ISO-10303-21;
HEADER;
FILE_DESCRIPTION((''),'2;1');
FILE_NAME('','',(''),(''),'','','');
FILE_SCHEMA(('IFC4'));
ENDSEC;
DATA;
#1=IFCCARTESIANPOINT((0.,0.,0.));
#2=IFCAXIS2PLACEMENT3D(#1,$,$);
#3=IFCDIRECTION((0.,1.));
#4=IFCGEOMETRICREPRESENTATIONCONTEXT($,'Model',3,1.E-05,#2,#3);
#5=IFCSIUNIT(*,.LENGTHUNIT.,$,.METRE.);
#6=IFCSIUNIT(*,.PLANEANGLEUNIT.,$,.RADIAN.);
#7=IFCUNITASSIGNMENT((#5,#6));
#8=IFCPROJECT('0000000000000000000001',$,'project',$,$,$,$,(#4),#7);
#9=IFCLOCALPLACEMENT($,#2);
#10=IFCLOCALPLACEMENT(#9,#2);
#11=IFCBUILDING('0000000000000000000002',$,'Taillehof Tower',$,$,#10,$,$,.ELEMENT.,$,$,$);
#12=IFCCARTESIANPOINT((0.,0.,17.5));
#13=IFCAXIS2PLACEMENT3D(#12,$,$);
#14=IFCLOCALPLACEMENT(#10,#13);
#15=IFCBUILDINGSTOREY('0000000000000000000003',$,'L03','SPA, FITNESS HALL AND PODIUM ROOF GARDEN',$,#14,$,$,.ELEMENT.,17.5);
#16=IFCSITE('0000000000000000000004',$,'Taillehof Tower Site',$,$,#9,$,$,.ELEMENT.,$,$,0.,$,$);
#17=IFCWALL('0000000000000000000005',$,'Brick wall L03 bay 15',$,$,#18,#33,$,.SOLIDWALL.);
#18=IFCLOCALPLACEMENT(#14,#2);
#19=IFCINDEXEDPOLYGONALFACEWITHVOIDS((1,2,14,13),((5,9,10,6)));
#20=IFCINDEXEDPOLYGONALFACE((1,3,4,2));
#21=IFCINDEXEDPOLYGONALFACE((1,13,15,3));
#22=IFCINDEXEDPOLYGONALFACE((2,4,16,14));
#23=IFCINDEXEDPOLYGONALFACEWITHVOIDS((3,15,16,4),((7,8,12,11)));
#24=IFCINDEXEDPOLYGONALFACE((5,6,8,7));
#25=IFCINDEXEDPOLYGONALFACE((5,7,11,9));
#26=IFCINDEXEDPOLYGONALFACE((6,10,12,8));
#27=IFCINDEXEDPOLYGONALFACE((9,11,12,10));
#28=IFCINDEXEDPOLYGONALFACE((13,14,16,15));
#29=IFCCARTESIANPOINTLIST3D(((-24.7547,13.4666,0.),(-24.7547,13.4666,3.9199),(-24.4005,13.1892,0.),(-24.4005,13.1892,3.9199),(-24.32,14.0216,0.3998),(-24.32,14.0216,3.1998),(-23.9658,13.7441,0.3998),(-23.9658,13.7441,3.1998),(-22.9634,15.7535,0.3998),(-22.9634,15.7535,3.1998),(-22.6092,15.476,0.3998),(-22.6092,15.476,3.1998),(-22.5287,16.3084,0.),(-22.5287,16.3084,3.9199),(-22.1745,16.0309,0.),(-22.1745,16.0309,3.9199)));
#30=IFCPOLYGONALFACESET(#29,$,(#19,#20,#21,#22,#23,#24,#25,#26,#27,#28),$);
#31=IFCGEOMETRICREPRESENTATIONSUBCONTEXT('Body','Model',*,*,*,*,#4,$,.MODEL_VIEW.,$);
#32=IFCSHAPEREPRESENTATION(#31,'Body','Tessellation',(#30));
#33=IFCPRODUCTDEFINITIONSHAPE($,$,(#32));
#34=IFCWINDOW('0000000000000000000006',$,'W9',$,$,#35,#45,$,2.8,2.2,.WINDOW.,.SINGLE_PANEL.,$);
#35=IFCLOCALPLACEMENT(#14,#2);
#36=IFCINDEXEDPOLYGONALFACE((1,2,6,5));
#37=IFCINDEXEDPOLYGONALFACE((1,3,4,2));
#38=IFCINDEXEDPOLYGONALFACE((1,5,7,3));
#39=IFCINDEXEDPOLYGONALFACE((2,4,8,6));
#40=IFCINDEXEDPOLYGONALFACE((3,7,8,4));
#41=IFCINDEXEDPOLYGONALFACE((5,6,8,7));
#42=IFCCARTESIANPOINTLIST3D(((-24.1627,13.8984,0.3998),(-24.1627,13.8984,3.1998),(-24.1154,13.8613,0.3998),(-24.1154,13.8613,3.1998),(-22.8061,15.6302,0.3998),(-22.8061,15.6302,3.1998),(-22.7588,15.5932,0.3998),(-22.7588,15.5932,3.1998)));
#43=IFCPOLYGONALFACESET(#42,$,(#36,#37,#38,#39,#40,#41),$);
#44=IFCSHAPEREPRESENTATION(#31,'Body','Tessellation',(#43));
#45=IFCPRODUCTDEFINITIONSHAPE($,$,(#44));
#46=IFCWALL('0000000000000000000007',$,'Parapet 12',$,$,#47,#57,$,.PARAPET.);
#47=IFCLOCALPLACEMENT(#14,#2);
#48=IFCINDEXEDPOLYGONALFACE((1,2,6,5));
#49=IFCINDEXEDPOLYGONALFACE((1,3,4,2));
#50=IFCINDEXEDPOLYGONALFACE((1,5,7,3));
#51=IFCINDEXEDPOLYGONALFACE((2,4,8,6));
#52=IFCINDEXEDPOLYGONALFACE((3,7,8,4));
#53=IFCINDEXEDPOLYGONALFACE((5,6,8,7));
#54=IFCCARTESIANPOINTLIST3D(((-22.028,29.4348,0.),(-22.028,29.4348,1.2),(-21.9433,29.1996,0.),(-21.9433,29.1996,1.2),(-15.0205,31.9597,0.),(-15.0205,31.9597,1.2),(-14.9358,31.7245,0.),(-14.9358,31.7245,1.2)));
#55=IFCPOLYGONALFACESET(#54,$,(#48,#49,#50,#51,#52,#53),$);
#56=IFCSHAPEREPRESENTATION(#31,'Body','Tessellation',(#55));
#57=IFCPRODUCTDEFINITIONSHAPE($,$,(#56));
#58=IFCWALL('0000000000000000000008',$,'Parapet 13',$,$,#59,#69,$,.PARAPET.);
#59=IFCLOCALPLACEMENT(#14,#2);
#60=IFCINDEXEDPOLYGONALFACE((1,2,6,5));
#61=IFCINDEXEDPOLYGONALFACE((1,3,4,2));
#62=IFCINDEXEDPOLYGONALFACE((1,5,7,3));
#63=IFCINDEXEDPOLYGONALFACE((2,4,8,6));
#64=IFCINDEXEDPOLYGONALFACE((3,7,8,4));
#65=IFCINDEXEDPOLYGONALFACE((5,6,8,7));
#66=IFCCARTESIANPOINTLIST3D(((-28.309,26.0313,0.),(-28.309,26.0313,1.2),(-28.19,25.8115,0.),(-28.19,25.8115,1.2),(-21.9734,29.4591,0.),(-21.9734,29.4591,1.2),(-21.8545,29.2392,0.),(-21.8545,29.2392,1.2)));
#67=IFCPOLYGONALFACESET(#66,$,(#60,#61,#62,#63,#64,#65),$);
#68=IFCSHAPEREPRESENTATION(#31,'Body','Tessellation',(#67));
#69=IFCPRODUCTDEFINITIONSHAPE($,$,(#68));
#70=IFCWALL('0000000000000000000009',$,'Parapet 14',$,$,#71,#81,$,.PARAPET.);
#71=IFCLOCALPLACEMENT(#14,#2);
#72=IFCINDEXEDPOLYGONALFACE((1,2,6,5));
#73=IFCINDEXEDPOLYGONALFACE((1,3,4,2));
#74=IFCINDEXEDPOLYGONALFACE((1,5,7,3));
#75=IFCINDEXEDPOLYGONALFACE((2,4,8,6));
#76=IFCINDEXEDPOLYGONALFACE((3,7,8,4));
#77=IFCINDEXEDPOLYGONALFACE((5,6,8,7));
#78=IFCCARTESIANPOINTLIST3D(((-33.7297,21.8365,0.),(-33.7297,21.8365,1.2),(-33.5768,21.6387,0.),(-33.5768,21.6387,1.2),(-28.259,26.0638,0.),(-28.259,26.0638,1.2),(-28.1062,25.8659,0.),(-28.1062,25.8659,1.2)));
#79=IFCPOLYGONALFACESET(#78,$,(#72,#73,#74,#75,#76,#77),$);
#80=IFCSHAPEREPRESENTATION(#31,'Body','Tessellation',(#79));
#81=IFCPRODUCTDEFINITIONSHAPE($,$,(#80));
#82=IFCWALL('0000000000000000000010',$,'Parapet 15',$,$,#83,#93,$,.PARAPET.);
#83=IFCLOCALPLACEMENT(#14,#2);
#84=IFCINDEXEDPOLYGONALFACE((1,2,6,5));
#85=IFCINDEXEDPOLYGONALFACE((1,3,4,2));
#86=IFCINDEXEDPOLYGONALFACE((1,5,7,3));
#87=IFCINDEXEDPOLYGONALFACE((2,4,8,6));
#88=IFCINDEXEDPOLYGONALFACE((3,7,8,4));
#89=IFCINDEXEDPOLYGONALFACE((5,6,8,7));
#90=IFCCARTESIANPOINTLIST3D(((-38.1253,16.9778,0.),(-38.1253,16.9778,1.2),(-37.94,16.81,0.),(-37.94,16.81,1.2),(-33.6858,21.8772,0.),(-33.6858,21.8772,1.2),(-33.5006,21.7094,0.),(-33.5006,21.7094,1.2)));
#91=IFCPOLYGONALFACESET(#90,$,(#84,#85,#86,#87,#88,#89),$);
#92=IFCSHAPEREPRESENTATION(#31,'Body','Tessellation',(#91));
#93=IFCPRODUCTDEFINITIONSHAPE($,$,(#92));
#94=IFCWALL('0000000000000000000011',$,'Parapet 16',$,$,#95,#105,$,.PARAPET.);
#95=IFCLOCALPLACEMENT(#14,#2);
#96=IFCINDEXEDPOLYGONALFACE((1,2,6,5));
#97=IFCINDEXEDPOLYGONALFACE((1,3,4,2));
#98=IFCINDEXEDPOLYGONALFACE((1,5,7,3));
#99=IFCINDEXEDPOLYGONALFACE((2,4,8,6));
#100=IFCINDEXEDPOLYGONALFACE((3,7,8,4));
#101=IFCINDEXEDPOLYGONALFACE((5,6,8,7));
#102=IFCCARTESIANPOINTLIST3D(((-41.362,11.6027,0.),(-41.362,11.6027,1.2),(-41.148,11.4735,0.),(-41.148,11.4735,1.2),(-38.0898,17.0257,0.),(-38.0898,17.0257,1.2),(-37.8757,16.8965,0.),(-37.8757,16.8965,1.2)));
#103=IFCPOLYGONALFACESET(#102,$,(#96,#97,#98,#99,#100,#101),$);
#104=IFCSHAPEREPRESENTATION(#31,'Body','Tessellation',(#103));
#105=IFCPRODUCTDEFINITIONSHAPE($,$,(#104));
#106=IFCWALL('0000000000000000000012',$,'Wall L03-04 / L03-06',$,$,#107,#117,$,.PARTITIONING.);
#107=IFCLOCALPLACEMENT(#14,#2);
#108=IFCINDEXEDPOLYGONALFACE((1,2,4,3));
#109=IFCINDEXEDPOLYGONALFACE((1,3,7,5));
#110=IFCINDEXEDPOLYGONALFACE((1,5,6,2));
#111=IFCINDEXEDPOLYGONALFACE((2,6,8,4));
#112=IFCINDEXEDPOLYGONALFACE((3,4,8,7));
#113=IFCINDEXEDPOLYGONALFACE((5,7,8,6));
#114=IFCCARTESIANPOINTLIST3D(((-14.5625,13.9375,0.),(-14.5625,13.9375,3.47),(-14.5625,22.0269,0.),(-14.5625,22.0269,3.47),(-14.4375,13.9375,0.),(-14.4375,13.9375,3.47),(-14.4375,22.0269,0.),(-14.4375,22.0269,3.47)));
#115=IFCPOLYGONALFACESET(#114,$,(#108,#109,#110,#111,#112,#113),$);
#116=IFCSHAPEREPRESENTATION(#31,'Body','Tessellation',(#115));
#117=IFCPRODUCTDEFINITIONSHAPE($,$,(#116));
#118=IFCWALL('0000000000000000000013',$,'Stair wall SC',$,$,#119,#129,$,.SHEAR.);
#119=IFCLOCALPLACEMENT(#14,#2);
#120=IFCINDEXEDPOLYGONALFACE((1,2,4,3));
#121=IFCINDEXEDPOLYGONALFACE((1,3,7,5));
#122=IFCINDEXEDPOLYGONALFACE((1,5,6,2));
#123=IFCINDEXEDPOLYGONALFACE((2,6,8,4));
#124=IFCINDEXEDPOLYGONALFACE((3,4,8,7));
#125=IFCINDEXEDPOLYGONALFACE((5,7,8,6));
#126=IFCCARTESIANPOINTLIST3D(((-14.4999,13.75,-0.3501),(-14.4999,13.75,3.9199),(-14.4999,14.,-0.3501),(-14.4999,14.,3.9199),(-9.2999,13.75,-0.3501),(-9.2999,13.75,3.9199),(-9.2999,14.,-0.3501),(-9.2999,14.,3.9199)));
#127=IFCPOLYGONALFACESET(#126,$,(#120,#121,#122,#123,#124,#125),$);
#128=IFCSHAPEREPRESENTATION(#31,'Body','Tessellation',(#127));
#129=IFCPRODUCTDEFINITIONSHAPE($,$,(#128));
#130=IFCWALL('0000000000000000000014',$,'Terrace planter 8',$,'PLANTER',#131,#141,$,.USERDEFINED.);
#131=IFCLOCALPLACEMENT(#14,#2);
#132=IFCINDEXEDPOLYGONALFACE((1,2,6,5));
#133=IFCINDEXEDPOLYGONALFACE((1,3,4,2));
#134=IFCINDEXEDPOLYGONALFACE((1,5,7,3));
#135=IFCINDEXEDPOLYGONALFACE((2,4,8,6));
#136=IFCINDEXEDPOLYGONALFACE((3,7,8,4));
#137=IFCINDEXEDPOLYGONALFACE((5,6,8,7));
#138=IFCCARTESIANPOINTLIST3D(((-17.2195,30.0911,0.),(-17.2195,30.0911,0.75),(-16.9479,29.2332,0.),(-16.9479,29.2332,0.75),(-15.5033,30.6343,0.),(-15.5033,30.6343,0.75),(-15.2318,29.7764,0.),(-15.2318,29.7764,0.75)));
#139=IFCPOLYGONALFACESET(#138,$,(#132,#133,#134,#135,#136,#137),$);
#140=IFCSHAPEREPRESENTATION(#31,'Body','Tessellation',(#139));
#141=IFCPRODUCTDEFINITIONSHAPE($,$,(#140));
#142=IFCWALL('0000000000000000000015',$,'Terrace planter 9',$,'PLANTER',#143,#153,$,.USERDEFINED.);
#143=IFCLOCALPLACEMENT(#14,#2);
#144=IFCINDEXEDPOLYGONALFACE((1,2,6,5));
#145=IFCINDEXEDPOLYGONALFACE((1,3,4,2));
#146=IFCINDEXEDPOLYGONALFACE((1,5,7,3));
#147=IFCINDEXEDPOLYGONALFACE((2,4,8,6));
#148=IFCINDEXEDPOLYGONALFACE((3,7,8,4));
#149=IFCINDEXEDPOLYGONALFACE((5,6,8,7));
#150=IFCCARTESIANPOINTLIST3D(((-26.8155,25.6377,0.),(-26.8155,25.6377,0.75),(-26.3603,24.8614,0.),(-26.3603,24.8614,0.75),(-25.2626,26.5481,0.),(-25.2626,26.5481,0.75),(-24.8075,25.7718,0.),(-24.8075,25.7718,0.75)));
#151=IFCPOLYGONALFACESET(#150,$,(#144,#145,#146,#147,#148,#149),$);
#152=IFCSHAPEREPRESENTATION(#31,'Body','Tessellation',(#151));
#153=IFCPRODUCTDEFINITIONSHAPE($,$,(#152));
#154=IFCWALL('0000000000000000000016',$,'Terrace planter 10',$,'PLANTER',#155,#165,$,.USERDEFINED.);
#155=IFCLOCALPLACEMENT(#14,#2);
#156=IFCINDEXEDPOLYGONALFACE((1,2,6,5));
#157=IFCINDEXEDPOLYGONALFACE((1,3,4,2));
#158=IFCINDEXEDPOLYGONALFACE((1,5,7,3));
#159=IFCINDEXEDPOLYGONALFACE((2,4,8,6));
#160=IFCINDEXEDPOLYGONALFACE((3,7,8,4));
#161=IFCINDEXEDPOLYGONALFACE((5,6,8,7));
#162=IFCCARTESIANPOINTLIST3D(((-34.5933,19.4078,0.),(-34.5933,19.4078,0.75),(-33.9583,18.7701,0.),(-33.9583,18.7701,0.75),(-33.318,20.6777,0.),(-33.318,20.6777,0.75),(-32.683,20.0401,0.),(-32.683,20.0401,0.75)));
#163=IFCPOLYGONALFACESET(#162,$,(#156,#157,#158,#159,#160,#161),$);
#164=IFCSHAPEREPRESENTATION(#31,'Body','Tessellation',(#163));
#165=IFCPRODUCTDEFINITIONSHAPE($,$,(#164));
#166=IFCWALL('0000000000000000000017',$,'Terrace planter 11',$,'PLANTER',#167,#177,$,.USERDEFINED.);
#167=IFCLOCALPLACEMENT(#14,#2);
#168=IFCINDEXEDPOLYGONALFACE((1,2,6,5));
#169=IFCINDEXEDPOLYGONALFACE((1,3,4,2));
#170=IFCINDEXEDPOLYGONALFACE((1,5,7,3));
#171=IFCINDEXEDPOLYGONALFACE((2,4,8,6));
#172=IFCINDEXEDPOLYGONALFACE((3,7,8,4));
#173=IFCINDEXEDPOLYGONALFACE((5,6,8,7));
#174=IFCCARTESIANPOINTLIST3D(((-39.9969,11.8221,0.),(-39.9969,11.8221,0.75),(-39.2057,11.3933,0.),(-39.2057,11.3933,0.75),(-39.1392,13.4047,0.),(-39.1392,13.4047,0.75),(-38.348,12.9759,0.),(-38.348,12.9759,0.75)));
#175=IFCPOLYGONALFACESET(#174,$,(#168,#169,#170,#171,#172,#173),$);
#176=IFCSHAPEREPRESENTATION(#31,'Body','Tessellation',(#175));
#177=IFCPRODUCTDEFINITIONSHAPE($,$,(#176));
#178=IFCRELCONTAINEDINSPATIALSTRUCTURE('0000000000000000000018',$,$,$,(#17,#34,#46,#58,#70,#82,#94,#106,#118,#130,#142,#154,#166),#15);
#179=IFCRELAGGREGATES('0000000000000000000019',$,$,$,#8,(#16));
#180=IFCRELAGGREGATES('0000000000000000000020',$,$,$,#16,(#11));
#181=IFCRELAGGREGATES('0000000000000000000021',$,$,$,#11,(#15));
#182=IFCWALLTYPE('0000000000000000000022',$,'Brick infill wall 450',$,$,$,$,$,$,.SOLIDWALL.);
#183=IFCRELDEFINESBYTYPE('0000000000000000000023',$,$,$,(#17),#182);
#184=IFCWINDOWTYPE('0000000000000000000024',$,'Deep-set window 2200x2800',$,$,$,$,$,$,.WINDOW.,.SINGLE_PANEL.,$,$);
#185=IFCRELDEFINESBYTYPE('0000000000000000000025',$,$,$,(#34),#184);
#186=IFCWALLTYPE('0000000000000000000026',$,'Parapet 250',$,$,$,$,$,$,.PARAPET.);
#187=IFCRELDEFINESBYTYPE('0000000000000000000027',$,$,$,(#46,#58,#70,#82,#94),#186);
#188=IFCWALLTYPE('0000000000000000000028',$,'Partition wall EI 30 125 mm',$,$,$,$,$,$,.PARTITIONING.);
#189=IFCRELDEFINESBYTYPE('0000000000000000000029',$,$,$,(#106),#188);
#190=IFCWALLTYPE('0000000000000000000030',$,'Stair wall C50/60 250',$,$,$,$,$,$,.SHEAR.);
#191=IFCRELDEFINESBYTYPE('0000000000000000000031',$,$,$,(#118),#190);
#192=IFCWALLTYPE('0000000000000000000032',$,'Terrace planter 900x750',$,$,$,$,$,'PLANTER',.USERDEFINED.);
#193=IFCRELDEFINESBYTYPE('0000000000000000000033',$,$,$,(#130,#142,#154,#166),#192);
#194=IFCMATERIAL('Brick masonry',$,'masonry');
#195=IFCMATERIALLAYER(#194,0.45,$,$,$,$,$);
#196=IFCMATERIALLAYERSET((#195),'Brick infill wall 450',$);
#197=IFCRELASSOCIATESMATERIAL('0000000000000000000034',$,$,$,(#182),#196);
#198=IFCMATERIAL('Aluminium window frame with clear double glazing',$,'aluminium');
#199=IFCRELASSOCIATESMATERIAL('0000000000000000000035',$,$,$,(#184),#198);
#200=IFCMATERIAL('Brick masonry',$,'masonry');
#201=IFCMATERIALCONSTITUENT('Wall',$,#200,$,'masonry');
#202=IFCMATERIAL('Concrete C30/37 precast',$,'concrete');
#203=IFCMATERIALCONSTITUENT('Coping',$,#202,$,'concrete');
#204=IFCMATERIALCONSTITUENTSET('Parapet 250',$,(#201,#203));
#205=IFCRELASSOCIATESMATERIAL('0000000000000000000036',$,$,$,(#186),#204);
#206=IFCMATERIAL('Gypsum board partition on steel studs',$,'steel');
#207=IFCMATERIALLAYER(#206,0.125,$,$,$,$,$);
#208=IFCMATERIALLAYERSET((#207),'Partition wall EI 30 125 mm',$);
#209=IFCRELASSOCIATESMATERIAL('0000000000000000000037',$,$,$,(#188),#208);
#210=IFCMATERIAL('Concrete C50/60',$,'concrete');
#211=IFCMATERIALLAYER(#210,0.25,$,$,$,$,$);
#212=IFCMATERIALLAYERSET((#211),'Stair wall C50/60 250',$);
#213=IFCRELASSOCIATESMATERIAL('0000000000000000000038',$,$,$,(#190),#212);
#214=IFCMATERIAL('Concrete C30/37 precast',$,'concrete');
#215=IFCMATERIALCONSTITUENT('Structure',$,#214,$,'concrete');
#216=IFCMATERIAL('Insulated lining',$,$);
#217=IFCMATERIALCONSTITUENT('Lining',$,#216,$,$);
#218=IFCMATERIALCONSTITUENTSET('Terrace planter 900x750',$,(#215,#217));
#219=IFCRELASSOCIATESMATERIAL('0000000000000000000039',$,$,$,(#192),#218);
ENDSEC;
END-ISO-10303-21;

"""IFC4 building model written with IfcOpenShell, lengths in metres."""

from ifc_helpers import new_model, si_unit, direction, frame, frame_2d, origin, place, context, subcontext, project, spatial, rectangle, extrude, material, layer, layer_set, constituent, constituent_set, type_object, element, fill, save


model = new_model("IFC4")

# Units and contexts
model_context = context("Model", 3, precision=1e-05, world=origin(), true_north=direction((0.0, 1.0)))
body_context = subcontext(model_context, "Body", "Model", "MODEL_VIEW")
ifc_project = project(units=[si_unit("LENGTHUNIT", "METRE"), si_unit("PLANEANGLEUNIT", "RADIAN")], contexts=[model_context])

# Site, building, storey
site_placement = place(None, origin())
site = spatial("IfcSite", under=ifc_project, at=site_placement, Name="Taillehof Tower Site", CompositionType="ELEMENT", RefElevation=0.0)
building_placement = place(site_placement, origin())
building = spatial("IfcBuilding", under=site, at=building_placement, Name="Taillehof Tower", CompositionType="ELEMENT")
storey_placement = place(building_placement, frame((0.0, 0.0, 17.5)))
storey = spatial("IfcBuildingStorey", under=building, at=storey_placement, Name="L03", Description="SPA, FITNESS HALL AND PODIUM ROOF GARDEN", CompositionType="ELEMENT", Elevation=17.5)

# Wall, opening, window
ifc_material_1 = material(Name="Brick masonry", Category="masonry")
ifc_layer_1 = layer(ifc_material_1, 0.45)
ifc_layer_set_1 = layer_set([ifc_layer_1], Name="Brick infill wall 450")
wall_type_1 = type_object("IfcWallType", Name="Brick infill wall 450", PredefinedType="SOLIDWALL", material=ifc_layer_set_1)
ifc_material_2 = material(Name="Aluminium window frame with clear double glazing", Category="aluminium")
window_type = type_object("IfcWindowType", Name="Deep-set window 2200x2800", PartitioningType="SINGLE_PANEL", PredefinedType="WINDOW", material=ifc_material_2)
wall_1_placement = place(storey_placement, frame((-22.3516, 16.1697, 0.0), z_axis=(0.0, 0.0, 1.0), x_axis=(-0.616662, -0.787228, 0.0)))
wall_1 = element("IfcWall", 1, at=wall_1_placement, inside=storey, type_object=wall_type_1, Name="Brick wall L03 bay 15", PredefinedType="SOLIDWALL", context=body_context, shape_type="SweptSolid", body=[
    extrude(rectangle(XDim=3.6099, YDim=0.45, at=frame_2d((1.8049, 0.0))), origin(), (0.0, 0.0, 1.0), 3.9199),
])
opening_1_placement = place(wall_1_placement, frame((0.7048, 0.0, 0.3999)))
opening_1 = element("IfcOpeningElement", 2, at=opening_1_placement, cuts=wall_1, PredefinedType="OPENING", context=body_context, shape_type="SweptSolid", body=[
    extrude(rectangle(XDim=2.2, YDim=2.8, at=frame_2d((1.1001, 1.3999))), frame((0.0, 0.2349, 0.0), z_axis=(0.0, -1.0, 0.0), x_axis=(1.0, 0.0, 0.0)), (0.0, 0.0, 1.0), 0.47),
])
window_1_placement = place(opening_1_placement, origin())
window_1 = element("IfcWindow", 3, at=window_1_placement, inside=storey, type_object=window_type, Name="W9", OverallHeight=2.8, OverallWidth=2.2, PartitioningType="SINGLE_PANEL", PredefinedType="WINDOW", context=body_context, shape_type="SweptSolid", body=[
    extrude(rectangle(XDim=2.2, YDim=2.8, at=frame_2d((1.1001, 1.3999))), frame((0.0, 0.0349, 0.0), z_axis=(0.0, -1.0, 0.0), x_axis=(1.0, 0.0, 0.0)), (0.0, 0.0, 1.0), 0.0601),
])
fill(opening_1, window_1)

# Walls
ifc_material_3 = material(Name="Brick masonry", Category="masonry")
ifc_constituent_1 = constituent(ifc_material_3, Name="Wall", Category="masonry")
ifc_material_4 = material(Name="Concrete C30/37 precast", Category="concrete")
ifc_constituent_2 = constituent(ifc_material_4, Name="Coping", Category="concrete")
ifc_constituent_set_1 = constituent_set(constituents=[ifc_constituent_1, ifc_constituent_2], Name="Parapet 250")
wall_type_2 = type_object("IfcWallType", Name="Parapet 250", PredefinedType="PARAPET", material=ifc_constituent_set_1)
wall_2_placement = place(storey_placement, frame((-14.9783, 31.842, 0.0), z_axis=(0.0, 0.0, 1.0), x_axis=(-0.940794, -0.338978, 0.0)))
element("IfcWall", 4, at=wall_2_placement, inside=storey, type_object=wall_type_2, Name="Parapet 12", PredefinedType="PARAPET", context=body_context, shape_type="SweptSolid", body=[
    extrude(rectangle(XDim=7.4485, YDim=0.25, at=frame_2d((3.7241, 0.0))), origin(), (0.0, 0.0, 1.0), 1.2),
])
wall_3_placement = place(storey_placement, frame((-21.9141, 29.3491, 0.0), z_axis=(0.0, 0.0, 1.0), x_axis=(-0.879523, -0.475857, 0.0)))
element("IfcWall", 5, at=wall_3_placement, inside=storey, type_object=wall_type_2, Name="Parapet 13", PredefinedType="PARAPET", context=body_context, shape_type="SweptSolid", body=[
    extrude(rectangle(XDim=7.2034, YDim=0.25, at=frame_2d((3.6016, 0.0))), origin(), (0.0, 0.0, 1.0), 1.2),
])
wall_4_placement = place(storey_placement, frame((-28.1826, 25.9648, 0.0), z_axis=(0.0, 0.0, 1.0), x_axis=(-0.79129, -0.611441, 0.0)))
element("IfcWall", 6, at=wall_4_placement, inside=storey, type_object=wall_type_2, Name="Parapet 14", PredefinedType="PARAPET", context=body_context, shape_type="SweptSolid", body=[
    extrude(rectangle(XDim=6.9136, YDim=0.25, at=frame_2d((3.4568, 0.0))), origin(), (0.0, 0.0, 1.0), 1.2),
])
wall_5_placement = place(storey_placement, frame((-33.5933, 21.7932, 0.0), z_axis=(0.0, 0.0, 1.0), x_axis=(-0.671466, -0.741035, 0.0)))
element("IfcWall", 7, at=wall_5_placement, inside=storey, type_object=wall_type_2, Name="Parapet 15", PredefinedType="PARAPET", context=body_context, shape_type="SweptSolid", body=[
    extrude(rectangle(XDim=6.6116, YDim=0.25, at=frame_2d((3.3057, 0.0))), origin(), (0.0, 0.0, 1.0), 1.2),
])
wall_6_placement = place(storey_placement, frame((-37.9827, 16.9612, 0.0), z_axis=(0.0, 0.0, 1.0), x_axis=(-0.516643, -0.856201, 0.0)))
element("IfcWall", 8, at=wall_6_placement, inside=storey, type_object=wall_type_2, Name="Parapet 16", PredefinedType="PARAPET", context=body_context, shape_type="SweptSolid", body=[
    extrude(rectangle(XDim=6.3337, YDim=0.25, at=frame_2d((3.167, 0.0))), origin(), (0.0, 0.0, 1.0), 1.2),
])
ifc_material_5 = material(Name="Gypsum board partition on steel studs", Category="steel")
ifc_layer_2 = layer(ifc_material_5, 0.125)
ifc_layer_set_2 = layer_set([ifc_layer_2], Name="Partition wall EI 30 125 mm")
wall_type_3 = type_object("IfcWallType", Name="Partition wall EI 30 125 mm", PredefinedType="PARTITIONING", material=ifc_layer_set_2)
wall_7_placement = place(storey_placement, frame((-14.5, 13.9375, 0.0), z_axis=(0.0, 0.0, 1.0), x_axis=(0.0, 1.0, 0.0)))
element("IfcWall", 9, at=wall_7_placement, inside=storey, type_object=wall_type_3, Name="Wall L03-04 / L03-06", PredefinedType="PARTITIONING", context=body_context, shape_type="SweptSolid", body=[
    extrude(rectangle(XDim=8.0894, YDim=0.125, at=frame_2d((4.0447, 0.0))), origin(), (0.0, 0.0, 1.0), 3.47),
])
ifc_material_6 = material(Name="Concrete C50/60", Category="concrete")
ifc_layer_3 = layer(ifc_material_6, 0.25)
ifc_layer_set_3 = layer_set([ifc_layer_3], Name="Stair wall C50/60 250")
wall_type_4 = type_object("IfcWallType", Name="Stair wall C50/60 250", PredefinedType="SHEAR", material=ifc_layer_set_3)
wall_8_placement = place(storey_placement, frame((-14.5, 13.875, -0.3501), z_axis=(0.0, 0.0, 1.0), x_axis=(1.0, 0.0, 0.0)))
element("IfcWall", 10, at=wall_8_placement, inside=storey, type_object=wall_type_4, Name="Stair wall SC", PredefinedType="SHEAR", context=body_context, shape_type="SweptSolid", body=[
    extrude(rectangle(XDim=5.2, YDim=0.25, at=frame_2d((2.6001, 0.0))), origin(), (0.0, 0.0, 1.0), 4.27),
])
ifc_material_7 = material(Name="Concrete C30/37 precast", Category="concrete")
ifc_constituent_3 = constituent(ifc_material_7, Name="Structure", Category="concrete")
ifc_material_8 = material(Name="Insulated lining")
ifc_constituent_4 = constituent(ifc_material_8, Name="Lining")
ifc_constituent_set_2 = constituent_set(constituents=[ifc_constituent_3, ifc_constituent_4], Name="Terrace planter 900x750")
wall_type_5 = type_object("IfcWallType", Name="Terrace planter 900x750", ElementType="PLANTER", PredefinedType="USERDEFINED", material=ifc_constituent_set_2)
for number, where, z_axis, x_axis, name in (
    (11, (-15.3677, 30.2053, 0.0), (0.0, 0.0, 1.0), (-0.953375, -0.301787, 0.0), "Terrace planter 8"),
    (12, (-25.0352, 26.1599, 0.0), (0.0, 0.0, 1.0), (-0.862655, -0.505793, 0.0), "Terrace planter 9"),
):
    element("IfcWall", number, at=place(storey_placement, frame(where, z_axis=z_axis, x_axis=x_axis)), inside=storey, type_object=wall_type_5, Name=name, ObjectType="PLANTER", PredefinedType="USERDEFINED", context=body_context, shape_type="SweptSolid", body=[
        extrude(rectangle(XDim=1.8, YDim=0.8999, at=frame_2d((0.8999, 0.0))), origin(), (0.0, 0.0, 1.0), 0.75),
    ])
wall_9_placement = place(storey_placement, frame((-33.0005, 20.3589, 0.0), z_axis=(0.0, 0.0, 1.0), x_axis=(-0.708597, -0.705613, 0.0)))
element("IfcWall", 13, at=wall_9_placement, inside=storey, type_object=wall_type_5, Name="Terrace planter 10", ObjectType="PLANTER", PredefinedType="USERDEFINED", context=body_context, shape_type="SweptSolid", body=[
    extrude(rectangle(XDim=1.7998, YDim=0.8999, at=frame_2d((0.8999, 0.0))), origin(), (0.0, 0.0, 1.0), 0.75),
])
wall_10_placement = place(storey_placement, frame((-38.7437, 13.1902, 0.0), z_axis=(0.0, 0.0, 1.0), x_axis=(-0.476484, -0.879183, 0.0)))
element("IfcWall", 14, at=wall_10_placement, inside=storey, type_object=wall_type_5, Name="Terrace planter 11", ObjectType="PLANTER", PredefinedType="USERDEFINED", context=body_context, shape_type="SweptSolid", body=[
    extrude(rectangle(XDim=1.8, YDim=0.8999, at=frame_2d((0.8999, 0.0))), origin(), (0.0, 0.0, 1.0), 0.75),
])

save(model, "model.ifc")
